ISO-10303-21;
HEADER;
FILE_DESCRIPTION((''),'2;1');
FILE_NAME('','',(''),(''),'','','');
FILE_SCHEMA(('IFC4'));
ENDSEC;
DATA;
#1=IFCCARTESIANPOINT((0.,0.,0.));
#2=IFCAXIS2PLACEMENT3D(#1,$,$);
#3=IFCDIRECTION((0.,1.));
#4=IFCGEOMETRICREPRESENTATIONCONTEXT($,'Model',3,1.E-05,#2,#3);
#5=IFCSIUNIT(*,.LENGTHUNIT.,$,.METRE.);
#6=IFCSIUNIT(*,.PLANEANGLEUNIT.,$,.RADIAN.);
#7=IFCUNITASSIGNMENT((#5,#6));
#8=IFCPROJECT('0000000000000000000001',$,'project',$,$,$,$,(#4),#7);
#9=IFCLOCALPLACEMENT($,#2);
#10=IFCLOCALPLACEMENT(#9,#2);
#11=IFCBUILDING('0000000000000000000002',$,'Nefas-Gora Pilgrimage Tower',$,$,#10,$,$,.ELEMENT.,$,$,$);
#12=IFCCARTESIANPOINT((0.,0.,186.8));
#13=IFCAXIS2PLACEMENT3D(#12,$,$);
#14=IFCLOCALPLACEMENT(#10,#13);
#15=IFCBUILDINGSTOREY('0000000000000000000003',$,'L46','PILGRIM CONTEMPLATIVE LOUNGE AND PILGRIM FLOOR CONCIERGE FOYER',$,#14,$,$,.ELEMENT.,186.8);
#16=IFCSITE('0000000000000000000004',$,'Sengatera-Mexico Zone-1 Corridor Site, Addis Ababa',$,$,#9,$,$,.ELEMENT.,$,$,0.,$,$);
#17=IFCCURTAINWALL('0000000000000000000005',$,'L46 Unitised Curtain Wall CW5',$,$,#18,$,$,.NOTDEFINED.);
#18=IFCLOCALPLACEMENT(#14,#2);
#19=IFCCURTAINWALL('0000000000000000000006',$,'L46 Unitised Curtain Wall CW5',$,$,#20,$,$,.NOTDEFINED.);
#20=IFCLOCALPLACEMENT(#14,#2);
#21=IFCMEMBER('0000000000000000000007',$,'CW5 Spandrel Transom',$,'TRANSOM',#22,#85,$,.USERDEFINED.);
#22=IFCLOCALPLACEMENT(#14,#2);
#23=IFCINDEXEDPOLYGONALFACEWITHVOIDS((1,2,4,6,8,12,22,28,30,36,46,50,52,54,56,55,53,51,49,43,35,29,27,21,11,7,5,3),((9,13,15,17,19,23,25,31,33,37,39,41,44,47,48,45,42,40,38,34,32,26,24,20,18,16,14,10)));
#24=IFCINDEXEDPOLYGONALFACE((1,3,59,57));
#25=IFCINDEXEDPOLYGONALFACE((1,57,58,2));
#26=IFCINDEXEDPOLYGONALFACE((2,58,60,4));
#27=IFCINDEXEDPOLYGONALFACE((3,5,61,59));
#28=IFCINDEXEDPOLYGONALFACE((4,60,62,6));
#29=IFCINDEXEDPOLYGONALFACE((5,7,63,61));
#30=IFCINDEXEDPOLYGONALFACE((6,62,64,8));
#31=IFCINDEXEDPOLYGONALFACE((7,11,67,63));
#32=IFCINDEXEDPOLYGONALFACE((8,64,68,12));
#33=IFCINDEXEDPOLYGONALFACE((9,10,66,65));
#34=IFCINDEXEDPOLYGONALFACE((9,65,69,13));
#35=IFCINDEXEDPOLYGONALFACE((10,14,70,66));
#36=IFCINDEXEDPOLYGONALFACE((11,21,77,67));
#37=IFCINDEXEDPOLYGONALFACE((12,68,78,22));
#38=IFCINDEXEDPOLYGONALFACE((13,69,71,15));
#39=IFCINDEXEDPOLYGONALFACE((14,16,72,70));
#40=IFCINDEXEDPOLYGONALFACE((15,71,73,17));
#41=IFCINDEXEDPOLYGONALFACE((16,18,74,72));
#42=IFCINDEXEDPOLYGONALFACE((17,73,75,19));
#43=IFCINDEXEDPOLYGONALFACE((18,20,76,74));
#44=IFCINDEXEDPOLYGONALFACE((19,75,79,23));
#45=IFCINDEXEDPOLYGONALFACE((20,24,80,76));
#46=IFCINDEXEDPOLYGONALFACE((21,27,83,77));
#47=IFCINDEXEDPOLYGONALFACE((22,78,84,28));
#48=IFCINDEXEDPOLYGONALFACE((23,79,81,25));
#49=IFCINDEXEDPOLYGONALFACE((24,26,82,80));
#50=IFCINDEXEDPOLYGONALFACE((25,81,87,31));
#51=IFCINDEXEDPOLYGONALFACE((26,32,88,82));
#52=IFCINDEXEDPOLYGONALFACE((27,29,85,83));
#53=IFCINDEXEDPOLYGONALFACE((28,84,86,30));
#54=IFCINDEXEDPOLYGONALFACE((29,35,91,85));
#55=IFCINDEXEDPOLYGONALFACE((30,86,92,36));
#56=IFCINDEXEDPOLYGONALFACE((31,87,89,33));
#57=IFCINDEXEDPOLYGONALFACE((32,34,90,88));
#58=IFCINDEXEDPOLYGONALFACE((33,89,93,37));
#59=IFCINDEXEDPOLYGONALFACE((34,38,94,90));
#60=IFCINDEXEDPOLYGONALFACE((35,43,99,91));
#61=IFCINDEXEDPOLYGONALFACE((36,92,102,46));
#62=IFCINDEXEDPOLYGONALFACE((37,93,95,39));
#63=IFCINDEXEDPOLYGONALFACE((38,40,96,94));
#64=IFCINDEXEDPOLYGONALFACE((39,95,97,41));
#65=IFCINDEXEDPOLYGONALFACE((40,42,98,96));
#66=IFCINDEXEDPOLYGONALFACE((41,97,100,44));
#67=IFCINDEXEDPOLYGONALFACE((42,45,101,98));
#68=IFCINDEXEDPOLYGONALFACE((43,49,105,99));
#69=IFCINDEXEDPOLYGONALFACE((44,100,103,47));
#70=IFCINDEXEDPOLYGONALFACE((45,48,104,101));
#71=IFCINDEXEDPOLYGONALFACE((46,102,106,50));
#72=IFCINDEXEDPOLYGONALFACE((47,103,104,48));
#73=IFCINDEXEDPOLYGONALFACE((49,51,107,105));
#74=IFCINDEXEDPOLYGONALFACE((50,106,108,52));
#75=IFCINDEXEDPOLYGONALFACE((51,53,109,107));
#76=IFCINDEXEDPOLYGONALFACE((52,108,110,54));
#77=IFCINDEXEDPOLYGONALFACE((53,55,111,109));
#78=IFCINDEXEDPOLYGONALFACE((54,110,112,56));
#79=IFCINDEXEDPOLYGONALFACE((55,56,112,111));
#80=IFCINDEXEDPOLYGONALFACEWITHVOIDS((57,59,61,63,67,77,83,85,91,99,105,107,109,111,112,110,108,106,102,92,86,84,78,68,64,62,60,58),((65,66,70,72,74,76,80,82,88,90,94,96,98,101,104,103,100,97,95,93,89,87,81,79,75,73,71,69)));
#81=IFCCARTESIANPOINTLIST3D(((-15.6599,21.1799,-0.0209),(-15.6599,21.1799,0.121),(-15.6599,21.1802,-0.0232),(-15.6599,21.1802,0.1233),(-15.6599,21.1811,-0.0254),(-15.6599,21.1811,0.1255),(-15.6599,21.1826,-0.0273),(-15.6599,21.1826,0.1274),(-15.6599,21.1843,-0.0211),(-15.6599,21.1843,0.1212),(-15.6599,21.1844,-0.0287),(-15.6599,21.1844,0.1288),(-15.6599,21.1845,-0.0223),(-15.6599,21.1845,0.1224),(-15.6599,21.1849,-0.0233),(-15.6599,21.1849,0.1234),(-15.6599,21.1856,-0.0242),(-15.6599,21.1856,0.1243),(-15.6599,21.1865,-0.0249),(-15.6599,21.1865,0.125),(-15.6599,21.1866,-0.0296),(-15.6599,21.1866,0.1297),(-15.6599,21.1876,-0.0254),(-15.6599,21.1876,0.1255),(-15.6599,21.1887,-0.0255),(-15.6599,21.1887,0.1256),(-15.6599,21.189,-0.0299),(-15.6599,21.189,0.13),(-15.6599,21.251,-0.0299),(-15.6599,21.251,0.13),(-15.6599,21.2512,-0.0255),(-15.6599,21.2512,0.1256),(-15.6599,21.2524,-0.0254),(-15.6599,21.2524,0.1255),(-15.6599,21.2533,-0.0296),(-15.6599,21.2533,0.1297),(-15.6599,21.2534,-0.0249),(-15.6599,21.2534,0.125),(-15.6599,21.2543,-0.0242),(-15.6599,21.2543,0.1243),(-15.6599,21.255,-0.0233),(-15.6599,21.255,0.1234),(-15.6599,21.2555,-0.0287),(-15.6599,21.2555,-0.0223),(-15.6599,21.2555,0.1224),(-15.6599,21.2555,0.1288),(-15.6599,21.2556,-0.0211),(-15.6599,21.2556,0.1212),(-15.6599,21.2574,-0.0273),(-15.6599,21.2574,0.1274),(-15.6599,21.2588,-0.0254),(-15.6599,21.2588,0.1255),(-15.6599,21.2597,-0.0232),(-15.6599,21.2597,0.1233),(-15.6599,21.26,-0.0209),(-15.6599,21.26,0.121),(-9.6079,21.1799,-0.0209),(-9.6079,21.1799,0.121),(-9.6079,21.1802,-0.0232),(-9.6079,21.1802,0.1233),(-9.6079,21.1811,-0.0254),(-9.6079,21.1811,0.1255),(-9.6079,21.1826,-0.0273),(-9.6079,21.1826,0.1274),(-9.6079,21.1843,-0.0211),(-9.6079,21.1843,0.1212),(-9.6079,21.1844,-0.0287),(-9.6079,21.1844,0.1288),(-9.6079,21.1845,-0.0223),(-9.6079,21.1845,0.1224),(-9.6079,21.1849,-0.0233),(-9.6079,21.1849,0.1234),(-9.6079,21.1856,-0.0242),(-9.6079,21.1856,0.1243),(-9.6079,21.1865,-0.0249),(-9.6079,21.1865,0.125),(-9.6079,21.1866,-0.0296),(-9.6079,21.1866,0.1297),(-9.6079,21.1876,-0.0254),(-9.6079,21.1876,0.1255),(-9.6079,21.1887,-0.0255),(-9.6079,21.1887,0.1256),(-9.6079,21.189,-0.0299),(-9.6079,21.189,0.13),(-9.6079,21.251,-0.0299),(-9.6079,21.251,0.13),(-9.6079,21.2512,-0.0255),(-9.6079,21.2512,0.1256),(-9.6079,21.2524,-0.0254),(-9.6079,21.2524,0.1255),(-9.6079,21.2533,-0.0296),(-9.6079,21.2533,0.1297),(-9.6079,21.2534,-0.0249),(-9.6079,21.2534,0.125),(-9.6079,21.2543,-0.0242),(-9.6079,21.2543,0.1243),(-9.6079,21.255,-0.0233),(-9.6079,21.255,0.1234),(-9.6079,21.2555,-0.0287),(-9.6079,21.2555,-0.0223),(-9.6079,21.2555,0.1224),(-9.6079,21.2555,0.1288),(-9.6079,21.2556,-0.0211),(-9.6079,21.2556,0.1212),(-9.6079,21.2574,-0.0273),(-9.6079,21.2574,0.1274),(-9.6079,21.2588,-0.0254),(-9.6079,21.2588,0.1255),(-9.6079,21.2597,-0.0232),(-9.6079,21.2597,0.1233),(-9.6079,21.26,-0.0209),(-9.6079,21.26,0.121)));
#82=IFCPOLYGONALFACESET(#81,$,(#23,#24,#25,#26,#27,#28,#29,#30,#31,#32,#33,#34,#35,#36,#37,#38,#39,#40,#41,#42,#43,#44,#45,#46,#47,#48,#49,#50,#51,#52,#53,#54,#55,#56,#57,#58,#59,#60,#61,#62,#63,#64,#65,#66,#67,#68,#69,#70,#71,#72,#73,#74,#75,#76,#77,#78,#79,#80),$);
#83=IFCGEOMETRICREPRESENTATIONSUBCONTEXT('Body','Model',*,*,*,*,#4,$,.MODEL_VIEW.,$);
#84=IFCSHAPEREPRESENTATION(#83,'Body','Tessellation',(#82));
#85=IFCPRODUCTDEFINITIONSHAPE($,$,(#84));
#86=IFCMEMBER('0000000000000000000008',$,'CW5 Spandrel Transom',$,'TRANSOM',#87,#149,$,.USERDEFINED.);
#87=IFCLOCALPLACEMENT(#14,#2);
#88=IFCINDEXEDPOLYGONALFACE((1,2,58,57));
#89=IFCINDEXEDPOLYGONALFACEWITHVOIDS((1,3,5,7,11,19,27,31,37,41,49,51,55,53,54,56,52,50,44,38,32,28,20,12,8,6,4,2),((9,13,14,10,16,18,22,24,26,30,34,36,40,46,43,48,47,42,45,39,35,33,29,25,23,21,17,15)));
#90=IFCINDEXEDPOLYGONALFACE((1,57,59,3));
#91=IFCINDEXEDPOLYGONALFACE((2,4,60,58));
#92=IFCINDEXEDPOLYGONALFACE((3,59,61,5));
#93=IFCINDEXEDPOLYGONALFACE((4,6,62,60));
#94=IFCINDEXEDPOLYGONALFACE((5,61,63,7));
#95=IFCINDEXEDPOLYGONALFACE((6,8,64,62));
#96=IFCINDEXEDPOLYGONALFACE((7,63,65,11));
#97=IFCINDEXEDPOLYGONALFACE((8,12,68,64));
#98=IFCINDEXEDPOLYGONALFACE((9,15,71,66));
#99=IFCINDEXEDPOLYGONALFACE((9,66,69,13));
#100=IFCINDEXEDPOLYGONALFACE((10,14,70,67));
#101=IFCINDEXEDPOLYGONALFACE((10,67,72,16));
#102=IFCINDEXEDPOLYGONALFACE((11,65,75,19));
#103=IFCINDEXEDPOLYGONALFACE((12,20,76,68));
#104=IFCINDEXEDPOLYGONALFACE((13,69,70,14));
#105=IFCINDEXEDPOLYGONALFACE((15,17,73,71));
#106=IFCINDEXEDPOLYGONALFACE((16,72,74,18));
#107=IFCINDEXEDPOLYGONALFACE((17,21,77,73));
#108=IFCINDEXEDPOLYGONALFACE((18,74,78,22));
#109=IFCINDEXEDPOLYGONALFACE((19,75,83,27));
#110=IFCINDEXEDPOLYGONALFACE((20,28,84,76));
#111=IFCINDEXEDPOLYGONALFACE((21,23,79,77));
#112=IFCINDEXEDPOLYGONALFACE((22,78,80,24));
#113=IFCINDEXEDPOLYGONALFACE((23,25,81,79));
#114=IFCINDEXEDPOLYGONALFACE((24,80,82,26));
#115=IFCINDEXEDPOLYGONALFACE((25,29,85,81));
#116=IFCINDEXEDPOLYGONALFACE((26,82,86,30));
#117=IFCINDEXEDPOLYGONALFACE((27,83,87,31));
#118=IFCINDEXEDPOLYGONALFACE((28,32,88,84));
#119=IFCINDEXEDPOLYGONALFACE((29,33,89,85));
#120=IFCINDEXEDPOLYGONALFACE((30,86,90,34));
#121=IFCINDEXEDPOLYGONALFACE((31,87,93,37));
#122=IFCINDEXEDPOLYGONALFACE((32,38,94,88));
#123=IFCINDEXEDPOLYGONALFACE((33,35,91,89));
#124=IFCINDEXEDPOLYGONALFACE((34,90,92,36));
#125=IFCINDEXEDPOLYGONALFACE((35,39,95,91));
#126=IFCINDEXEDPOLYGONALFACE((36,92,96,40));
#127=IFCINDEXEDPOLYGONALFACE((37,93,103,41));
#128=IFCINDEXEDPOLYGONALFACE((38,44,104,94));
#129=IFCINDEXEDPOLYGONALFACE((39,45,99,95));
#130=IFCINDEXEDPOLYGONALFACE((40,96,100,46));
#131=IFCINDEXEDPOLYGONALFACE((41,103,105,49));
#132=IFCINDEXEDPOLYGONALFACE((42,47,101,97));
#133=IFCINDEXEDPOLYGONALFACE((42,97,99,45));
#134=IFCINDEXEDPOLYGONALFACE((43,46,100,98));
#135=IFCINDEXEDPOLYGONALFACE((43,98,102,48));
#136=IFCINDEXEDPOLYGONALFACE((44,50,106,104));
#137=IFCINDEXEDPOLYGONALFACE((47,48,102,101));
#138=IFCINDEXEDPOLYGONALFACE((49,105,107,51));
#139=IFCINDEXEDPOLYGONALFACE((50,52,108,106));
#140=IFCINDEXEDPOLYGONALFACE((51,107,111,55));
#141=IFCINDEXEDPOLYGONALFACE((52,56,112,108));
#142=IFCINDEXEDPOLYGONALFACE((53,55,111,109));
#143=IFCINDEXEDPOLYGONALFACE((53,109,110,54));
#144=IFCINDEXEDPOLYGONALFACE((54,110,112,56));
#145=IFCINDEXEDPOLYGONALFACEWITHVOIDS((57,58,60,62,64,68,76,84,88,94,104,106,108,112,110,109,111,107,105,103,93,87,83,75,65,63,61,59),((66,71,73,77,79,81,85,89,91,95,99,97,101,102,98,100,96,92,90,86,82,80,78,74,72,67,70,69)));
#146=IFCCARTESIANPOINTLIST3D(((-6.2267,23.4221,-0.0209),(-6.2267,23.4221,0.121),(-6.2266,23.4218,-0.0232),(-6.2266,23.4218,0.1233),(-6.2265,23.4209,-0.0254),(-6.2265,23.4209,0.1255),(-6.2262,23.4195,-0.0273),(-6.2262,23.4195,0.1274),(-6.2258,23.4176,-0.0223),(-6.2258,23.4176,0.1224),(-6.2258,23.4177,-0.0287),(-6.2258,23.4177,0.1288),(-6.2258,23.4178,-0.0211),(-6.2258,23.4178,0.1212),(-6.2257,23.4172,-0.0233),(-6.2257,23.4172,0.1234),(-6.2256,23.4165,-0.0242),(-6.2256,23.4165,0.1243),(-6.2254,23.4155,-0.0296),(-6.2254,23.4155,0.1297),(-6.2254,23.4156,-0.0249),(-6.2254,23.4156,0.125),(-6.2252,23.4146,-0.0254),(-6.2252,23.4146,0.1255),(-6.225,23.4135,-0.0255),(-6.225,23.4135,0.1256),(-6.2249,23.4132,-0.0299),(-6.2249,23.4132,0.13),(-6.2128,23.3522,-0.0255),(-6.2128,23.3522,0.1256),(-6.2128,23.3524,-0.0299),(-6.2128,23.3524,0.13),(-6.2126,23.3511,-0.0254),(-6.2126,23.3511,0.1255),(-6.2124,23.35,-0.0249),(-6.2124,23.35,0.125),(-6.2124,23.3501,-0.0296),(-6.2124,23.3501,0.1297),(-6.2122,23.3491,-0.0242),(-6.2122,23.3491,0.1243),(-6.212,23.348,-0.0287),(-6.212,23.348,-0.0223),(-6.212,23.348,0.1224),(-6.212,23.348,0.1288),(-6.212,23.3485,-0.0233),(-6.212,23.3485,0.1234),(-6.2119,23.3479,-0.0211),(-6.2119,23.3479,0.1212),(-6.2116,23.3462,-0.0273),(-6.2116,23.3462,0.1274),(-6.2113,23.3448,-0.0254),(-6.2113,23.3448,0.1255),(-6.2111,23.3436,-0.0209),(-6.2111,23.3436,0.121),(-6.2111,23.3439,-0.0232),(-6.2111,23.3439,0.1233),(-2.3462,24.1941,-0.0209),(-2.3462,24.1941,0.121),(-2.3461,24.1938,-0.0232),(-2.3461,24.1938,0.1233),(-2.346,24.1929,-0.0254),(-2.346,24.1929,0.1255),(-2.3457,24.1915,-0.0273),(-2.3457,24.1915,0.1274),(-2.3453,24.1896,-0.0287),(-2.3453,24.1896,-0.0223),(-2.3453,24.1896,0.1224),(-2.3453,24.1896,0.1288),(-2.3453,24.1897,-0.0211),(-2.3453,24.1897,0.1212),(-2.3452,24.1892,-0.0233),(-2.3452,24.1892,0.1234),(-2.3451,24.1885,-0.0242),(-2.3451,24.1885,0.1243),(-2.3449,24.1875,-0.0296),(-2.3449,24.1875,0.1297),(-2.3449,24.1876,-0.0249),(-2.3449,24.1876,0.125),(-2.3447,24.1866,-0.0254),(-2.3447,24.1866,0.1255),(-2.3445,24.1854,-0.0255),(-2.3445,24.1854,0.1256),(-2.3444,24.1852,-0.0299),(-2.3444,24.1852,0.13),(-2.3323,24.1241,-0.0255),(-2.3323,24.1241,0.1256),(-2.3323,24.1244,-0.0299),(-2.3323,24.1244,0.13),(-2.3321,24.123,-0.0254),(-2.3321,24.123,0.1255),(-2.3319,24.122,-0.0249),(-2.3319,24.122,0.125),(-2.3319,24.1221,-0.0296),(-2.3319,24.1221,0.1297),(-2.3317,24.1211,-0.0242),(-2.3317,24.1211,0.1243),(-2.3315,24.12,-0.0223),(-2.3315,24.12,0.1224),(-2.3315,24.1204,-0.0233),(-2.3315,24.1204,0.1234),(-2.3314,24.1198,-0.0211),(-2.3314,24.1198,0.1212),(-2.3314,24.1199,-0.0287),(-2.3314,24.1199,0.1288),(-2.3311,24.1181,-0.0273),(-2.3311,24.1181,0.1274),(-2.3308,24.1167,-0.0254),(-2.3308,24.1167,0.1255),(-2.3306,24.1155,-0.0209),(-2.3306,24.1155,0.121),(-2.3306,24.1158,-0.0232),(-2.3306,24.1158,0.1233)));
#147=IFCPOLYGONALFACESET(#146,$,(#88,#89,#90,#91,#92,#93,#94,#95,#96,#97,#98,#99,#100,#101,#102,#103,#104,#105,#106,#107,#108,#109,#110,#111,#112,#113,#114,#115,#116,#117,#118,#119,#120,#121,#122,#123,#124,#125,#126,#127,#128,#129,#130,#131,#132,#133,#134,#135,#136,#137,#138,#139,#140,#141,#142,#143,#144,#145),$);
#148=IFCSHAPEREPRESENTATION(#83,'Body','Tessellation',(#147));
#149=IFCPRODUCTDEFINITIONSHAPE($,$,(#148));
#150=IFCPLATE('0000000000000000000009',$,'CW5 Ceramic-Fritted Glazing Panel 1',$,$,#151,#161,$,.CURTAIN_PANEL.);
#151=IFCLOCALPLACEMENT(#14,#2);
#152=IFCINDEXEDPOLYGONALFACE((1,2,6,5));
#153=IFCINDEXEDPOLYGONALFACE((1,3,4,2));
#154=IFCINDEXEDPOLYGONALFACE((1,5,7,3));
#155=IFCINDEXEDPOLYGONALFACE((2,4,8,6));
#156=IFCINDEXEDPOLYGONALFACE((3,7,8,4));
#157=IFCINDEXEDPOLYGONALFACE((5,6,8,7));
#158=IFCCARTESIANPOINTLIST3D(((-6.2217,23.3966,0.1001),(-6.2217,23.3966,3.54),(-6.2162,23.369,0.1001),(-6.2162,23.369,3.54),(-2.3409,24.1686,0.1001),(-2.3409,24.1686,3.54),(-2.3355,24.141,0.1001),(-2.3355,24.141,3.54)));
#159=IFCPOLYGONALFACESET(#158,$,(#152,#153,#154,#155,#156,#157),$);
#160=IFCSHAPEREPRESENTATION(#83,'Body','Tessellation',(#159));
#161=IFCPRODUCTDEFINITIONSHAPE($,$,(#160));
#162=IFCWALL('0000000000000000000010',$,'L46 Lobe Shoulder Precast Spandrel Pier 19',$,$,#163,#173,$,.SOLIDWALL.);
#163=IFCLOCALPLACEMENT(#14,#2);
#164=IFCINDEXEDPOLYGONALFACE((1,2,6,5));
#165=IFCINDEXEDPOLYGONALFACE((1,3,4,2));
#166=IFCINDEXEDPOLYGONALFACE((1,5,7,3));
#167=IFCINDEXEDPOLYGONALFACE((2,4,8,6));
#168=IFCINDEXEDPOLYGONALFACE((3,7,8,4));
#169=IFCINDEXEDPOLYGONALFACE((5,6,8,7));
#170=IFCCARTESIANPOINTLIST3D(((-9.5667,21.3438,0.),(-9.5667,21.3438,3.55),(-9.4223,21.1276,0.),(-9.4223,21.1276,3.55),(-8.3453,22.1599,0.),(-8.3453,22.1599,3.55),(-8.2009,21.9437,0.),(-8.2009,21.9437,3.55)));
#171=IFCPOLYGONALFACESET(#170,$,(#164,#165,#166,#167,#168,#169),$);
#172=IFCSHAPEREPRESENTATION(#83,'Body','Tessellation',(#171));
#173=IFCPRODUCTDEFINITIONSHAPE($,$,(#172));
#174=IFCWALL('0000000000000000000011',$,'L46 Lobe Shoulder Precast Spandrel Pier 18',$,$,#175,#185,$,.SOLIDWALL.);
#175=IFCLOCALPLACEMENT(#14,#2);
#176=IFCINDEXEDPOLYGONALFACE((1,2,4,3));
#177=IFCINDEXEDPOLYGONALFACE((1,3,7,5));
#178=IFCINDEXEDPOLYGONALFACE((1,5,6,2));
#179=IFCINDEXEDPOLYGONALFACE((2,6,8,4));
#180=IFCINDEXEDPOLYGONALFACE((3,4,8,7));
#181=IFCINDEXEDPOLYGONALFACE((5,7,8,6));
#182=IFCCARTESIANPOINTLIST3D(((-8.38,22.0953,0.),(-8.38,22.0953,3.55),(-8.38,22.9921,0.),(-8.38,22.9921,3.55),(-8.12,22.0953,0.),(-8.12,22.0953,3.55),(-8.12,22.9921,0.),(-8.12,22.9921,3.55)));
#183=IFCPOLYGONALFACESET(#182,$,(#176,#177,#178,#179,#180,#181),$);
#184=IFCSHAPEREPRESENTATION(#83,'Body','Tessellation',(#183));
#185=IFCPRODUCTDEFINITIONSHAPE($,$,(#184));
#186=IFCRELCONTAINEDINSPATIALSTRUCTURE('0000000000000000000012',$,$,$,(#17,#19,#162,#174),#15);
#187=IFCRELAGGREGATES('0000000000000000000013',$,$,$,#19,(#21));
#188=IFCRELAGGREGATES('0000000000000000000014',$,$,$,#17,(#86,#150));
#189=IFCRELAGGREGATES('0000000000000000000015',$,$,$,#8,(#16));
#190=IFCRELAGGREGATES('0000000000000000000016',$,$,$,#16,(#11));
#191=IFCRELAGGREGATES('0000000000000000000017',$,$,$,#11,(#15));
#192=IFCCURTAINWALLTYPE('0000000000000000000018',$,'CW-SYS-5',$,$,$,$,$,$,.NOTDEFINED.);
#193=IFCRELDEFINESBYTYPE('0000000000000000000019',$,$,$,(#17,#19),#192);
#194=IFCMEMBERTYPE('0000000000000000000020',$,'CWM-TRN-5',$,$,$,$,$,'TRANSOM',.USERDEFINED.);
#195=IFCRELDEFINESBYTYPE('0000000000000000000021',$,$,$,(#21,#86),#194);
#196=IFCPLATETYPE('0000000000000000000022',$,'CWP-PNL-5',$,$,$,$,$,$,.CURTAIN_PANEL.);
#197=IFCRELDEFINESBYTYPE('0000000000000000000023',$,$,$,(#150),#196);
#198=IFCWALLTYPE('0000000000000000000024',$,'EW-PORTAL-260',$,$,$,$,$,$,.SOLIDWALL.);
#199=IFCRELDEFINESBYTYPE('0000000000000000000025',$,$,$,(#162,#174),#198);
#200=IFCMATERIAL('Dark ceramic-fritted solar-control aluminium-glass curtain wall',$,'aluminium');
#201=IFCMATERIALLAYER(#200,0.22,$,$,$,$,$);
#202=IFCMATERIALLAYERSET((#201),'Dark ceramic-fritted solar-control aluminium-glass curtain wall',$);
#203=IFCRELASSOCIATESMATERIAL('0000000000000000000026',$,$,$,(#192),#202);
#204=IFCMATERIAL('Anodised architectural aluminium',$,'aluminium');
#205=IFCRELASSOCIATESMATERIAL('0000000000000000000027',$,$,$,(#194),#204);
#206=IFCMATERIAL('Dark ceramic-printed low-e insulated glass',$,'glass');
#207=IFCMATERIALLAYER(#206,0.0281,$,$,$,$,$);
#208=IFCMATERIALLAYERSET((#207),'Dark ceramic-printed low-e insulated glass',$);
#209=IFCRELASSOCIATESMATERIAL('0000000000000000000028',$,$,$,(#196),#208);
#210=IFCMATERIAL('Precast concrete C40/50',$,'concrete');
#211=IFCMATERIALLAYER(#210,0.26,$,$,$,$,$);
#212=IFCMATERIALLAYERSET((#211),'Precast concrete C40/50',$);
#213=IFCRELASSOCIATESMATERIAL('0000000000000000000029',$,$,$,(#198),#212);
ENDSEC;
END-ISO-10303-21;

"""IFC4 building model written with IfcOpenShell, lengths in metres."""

from ifc_helpers import new_model, si_unit, direction, frame, frame_2d, origin, origin_2d, place, context, subcontext, project, spatial, rectangle, hollow_rectangle, extrude, source, transform, mapped, material, layer, layer_set, material_profile, profile_set, type_object, element, aggregate, save


model = new_model("IFC4")

# Units and contexts
model_context = context("Model", 3, precision=1e-05, world=origin(), true_north=direction((0.0, 1.0)))
body_context = subcontext(model_context, "Body", "Model", "MODEL_VIEW")
ifc_project = project(units=[si_unit("LENGTHUNIT", "METRE"), si_unit("PLANEANGLEUNIT", "RADIAN")], contexts=[model_context])

# Site, building, storey
site_placement = place(None, origin())
site = spatial("IfcSite", under=ifc_project, at=site_placement, Name="Sengatera-Mexico Zone-1 Corridor Site, Addis Ababa", CompositionType="ELEMENT", RefElevation=0.0)
building_placement = place(site_placement, origin())
building = spatial("IfcBuilding", under=site, at=building_placement, Name="Nefas-Gora Pilgrimage Tower", CompositionType="ELEMENT")
storey_placement = place(building_placement, frame((0.0, 0.0, 186.8)))
storey = spatial("IfcBuildingStorey", under=building, at=storey_placement, Name="L46", Description="PILGRIM CONTEMPLATIVE LOUNGE AND PILGRIM FLOOR CONCIERGE FOYER", CompositionType="ELEMENT", Elevation=186.8)

# Curtain walls, member
ifc_material_1 = material(Name="Dark ceramic-fritted solar-control aluminium-glass curtain wall", Category="aluminium")
ifc_layer_1 = layer(ifc_material_1, 0.22)
ifc_layer_set_1 = layer_set([ifc_layer_1], Name="Dark ceramic-fritted solar-control aluminium-glass curtain wall")
curtain_wall_type = type_object("IfcCurtainWallType", Name="CW-SYS-5", PredefinedType="NOTDEFINED", material=ifc_layer_set_1)
curtain_wall_1_placement = place(storey_placement, origin())
curtain_wall_1 = element("IfcCurtainWall", 1, at=curtain_wall_1_placement, inside=storey, type_object=curtain_wall_type, Name="L46 Unitised Curtain Wall CW5", PredefinedType="NOTDEFINED")
ifc_material_2 = material(Name="Anodised architectural aluminium", Category="aluminium")
curtain_wall_2_placement = place(storey_placement, origin())
curtain_wall_2 = element("IfcCurtainWall", 2, at=curtain_wall_2_placement, inside=storey, type_object=curtain_wall_type, Name="L46 Unitised Curtain Wall CW5", PredefinedType="NOTDEFINED")
ifc_material_profile_1 = material_profile(ifc_material_2, hollow_rectangle(XDim=0.0801, YDim=0.1599, WallThickness=0.0044, InnerFilletRadius=0.0044, OuterFilletRadius=0.009, at=origin_2d()), Name="ALU TRANSOM 80x160")
ifc_profile_set_1 = profile_set([ifc_material_profile_1], Name="Anodised architectural aluminium")
member_type_1 = type_object("IfcMemberType", Name="CWM-TRN-5", ElementType="TRANSOM", PredefinedType="USERDEFINED", material=ifc_profile_set_1)
shared_shape_1 = source(origin(), body_context, "Body", "SweptSolid", [
    extrude(hollow_rectangle(XDim=0.0801, YDim=0.1599, WallThickness=0.0044, InnerFilletRadius=0.0044, OuterFilletRadius=0.009, at=origin_2d()), origin(), (0.0, 0.0, 1.0), 6.052),
])
member_1_placement = place(storey_placement, frame((-9.6079, 21.22, 0.05), z_axis=(-1.0, 0.0, 0.0), x_axis=(0.0, -1.0, 0.0)))
member_1 = element("IfcMember", 3, at=member_1_placement, type_object=member_type_1, Name="CW5 Spandrel Transom", ObjectType="TRANSOM", PredefinedType="USERDEFINED", context=body_context, shape_type="MappedRepresentation", body=[
    mapped(shared_shape_1, transform((0.0, 0.0, 0.0), x_axis=(1.0, 0.0, 0.0), y_axis=(0.0, 1.0, 0.0), z_axis=(0.0, 0.0, 1.0), scale=1.0)),
])
aggregate(curtain_wall_2, [member_1])

# Member
shared_shape_2 = source(origin(), body_context, "Body", "SweptSolid", [
    extrude(hollow_rectangle(XDim=0.0801, YDim=0.1599, WallThickness=0.0044, InnerFilletRadius=0.0044, OuterFilletRadius=0.009, at=origin_2d()), origin(), (0.0, 0.0, 1.0), 3.9565),
])
member_2_placement = place(storey_placement, frame((-2.3384, 24.1548, 0.05), z_axis=(-0.980782, -0.195107, 0.0), x_axis=(0.195107, -0.980782, 0.0)))
member_2 = element("IfcMember", 4, at=member_2_placement, type_object=member_type_1, Name="CW5 Spandrel Transom", ObjectType="TRANSOM", PredefinedType="USERDEFINED", context=body_context, shape_type="MappedRepresentation", body=[
    mapped(shared_shape_2, transform((0.0, 0.0, 0.0), x_axis=(1.0, 0.0, 0.0), y_axis=(0.0, 1.0, 0.0), z_axis=(0.0, 0.0, 1.0), scale=1.0)),
])

# Plate
ifc_material_3 = material(Name="Dark ceramic-printed low-e insulated glass", Category="glass")
ifc_layer_2 = layer(ifc_material_3, 0.0281)
ifc_layer_set_2 = layer_set([ifc_layer_2], Name="Dark ceramic-printed low-e insulated glass")
plate_type = type_object("IfcPlateType", Name="CWP-PNL-5", PredefinedType="CURTAIN_PANEL", material=ifc_layer_set_2)
shared_shape_3 = source(origin(), body_context, "Body", "SweptSolid", [
    extrude(rectangle(XDim=3.9568, YDim=0.0281, at=origin_2d()), origin(), (0.0, 0.0, 1.0), 3.4399),
])
plate_placement = place(storey_placement, frame((-4.2786, 23.7688, 0.1001), z_axis=(0.0, 0.0, 1.0), x_axis=(-0.980783, -0.195102, 0.0)))
plate = element("IfcPlate", 5, at=plate_placement, type_object=plate_type, Name="CW5 Ceramic-Fritted Glazing Panel 1", PredefinedType="CURTAIN_PANEL", context=body_context, shape_type="MappedRepresentation", body=[
    mapped(shared_shape_3, transform((0.0, 0.0, 0.0), x_axis=(1.0, 0.0, 0.0), y_axis=(0.0, 1.0, 0.0), z_axis=(0.0, 0.0, 1.0), scale=1.0)),
])
aggregate(curtain_wall_1, [member_2, plate])

# Walls
ifc_material_4 = material(Name="Precast concrete C40/50", Category="concrete")
ifc_layer_3 = layer(ifc_material_4, 0.26)
ifc_layer_set_3 = layer_set([ifc_layer_3], Name="Precast concrete C40/50")
wall_type_1 = type_object("IfcWallType", Name="EW-PORTAL-260", PredefinedType="SOLIDWALL", material=ifc_layer_set_3)
shared_shape_4 = source(origin(), body_context, "Body", "SweptSolid", [
    extrude(rectangle(XDim=1.469, YDim=0.26, at=frame_2d((0.7344, 0.0))), origin(), (0.0, 0.0, 1.0), 3.55),
])
wall_1_placement = place(storey_placement, frame((-8.2732, 22.0518, 0.0), z_axis=(0.0, 0.0, 1.0), x_axis=(-0.831462, -0.555582, 0.0)))
element("IfcWall", 6, at=wall_1_placement, inside=storey, type_object=wall_type_1, Name="L46 Lobe Shoulder Precast Spandrel Pier 19", PredefinedType="SOLIDWALL", context=body_context, shape_type="MappedRepresentation", body=[
    mapped(shared_shape_4, transform((0.0, 0.0, 0.0), x_axis=(1.0, 0.0, 0.0), y_axis=(0.0, 1.0, 0.0), z_axis=(0.0, 0.0, 1.0), scale=1.0)),
])
shared_shape_5 = source(origin(), body_context, "Body", "SweptSolid", [
    extrude(rectangle(XDim=0.8967, YDim=0.26, at=frame_2d((0.4482, 0.0))), origin(), (0.0, 0.0, 1.0), 3.55),
])
wall_2_placement = place(storey_placement, frame((-8.25, 22.9919, 0.0), z_axis=(0.0, 0.0, 1.0), x_axis=(0.0, -1.0, 0.0)))
element("IfcWall", 7, at=wall_2_placement, inside=storey, type_object=wall_type_1, Name="L46 Lobe Shoulder Precast Spandrel Pier 18", PredefinedType="SOLIDWALL", context=body_context, shape_type="MappedRepresentation", body=[
    mapped(shared_shape_5, transform((0.0, 0.0, 0.0), x_axis=(1.0, 0.0, 0.0), y_axis=(0.0, 1.0, 0.0), z_axis=(0.0, 0.0, 1.0), scale=1.0)),
])

save(model, "model.ifc")
